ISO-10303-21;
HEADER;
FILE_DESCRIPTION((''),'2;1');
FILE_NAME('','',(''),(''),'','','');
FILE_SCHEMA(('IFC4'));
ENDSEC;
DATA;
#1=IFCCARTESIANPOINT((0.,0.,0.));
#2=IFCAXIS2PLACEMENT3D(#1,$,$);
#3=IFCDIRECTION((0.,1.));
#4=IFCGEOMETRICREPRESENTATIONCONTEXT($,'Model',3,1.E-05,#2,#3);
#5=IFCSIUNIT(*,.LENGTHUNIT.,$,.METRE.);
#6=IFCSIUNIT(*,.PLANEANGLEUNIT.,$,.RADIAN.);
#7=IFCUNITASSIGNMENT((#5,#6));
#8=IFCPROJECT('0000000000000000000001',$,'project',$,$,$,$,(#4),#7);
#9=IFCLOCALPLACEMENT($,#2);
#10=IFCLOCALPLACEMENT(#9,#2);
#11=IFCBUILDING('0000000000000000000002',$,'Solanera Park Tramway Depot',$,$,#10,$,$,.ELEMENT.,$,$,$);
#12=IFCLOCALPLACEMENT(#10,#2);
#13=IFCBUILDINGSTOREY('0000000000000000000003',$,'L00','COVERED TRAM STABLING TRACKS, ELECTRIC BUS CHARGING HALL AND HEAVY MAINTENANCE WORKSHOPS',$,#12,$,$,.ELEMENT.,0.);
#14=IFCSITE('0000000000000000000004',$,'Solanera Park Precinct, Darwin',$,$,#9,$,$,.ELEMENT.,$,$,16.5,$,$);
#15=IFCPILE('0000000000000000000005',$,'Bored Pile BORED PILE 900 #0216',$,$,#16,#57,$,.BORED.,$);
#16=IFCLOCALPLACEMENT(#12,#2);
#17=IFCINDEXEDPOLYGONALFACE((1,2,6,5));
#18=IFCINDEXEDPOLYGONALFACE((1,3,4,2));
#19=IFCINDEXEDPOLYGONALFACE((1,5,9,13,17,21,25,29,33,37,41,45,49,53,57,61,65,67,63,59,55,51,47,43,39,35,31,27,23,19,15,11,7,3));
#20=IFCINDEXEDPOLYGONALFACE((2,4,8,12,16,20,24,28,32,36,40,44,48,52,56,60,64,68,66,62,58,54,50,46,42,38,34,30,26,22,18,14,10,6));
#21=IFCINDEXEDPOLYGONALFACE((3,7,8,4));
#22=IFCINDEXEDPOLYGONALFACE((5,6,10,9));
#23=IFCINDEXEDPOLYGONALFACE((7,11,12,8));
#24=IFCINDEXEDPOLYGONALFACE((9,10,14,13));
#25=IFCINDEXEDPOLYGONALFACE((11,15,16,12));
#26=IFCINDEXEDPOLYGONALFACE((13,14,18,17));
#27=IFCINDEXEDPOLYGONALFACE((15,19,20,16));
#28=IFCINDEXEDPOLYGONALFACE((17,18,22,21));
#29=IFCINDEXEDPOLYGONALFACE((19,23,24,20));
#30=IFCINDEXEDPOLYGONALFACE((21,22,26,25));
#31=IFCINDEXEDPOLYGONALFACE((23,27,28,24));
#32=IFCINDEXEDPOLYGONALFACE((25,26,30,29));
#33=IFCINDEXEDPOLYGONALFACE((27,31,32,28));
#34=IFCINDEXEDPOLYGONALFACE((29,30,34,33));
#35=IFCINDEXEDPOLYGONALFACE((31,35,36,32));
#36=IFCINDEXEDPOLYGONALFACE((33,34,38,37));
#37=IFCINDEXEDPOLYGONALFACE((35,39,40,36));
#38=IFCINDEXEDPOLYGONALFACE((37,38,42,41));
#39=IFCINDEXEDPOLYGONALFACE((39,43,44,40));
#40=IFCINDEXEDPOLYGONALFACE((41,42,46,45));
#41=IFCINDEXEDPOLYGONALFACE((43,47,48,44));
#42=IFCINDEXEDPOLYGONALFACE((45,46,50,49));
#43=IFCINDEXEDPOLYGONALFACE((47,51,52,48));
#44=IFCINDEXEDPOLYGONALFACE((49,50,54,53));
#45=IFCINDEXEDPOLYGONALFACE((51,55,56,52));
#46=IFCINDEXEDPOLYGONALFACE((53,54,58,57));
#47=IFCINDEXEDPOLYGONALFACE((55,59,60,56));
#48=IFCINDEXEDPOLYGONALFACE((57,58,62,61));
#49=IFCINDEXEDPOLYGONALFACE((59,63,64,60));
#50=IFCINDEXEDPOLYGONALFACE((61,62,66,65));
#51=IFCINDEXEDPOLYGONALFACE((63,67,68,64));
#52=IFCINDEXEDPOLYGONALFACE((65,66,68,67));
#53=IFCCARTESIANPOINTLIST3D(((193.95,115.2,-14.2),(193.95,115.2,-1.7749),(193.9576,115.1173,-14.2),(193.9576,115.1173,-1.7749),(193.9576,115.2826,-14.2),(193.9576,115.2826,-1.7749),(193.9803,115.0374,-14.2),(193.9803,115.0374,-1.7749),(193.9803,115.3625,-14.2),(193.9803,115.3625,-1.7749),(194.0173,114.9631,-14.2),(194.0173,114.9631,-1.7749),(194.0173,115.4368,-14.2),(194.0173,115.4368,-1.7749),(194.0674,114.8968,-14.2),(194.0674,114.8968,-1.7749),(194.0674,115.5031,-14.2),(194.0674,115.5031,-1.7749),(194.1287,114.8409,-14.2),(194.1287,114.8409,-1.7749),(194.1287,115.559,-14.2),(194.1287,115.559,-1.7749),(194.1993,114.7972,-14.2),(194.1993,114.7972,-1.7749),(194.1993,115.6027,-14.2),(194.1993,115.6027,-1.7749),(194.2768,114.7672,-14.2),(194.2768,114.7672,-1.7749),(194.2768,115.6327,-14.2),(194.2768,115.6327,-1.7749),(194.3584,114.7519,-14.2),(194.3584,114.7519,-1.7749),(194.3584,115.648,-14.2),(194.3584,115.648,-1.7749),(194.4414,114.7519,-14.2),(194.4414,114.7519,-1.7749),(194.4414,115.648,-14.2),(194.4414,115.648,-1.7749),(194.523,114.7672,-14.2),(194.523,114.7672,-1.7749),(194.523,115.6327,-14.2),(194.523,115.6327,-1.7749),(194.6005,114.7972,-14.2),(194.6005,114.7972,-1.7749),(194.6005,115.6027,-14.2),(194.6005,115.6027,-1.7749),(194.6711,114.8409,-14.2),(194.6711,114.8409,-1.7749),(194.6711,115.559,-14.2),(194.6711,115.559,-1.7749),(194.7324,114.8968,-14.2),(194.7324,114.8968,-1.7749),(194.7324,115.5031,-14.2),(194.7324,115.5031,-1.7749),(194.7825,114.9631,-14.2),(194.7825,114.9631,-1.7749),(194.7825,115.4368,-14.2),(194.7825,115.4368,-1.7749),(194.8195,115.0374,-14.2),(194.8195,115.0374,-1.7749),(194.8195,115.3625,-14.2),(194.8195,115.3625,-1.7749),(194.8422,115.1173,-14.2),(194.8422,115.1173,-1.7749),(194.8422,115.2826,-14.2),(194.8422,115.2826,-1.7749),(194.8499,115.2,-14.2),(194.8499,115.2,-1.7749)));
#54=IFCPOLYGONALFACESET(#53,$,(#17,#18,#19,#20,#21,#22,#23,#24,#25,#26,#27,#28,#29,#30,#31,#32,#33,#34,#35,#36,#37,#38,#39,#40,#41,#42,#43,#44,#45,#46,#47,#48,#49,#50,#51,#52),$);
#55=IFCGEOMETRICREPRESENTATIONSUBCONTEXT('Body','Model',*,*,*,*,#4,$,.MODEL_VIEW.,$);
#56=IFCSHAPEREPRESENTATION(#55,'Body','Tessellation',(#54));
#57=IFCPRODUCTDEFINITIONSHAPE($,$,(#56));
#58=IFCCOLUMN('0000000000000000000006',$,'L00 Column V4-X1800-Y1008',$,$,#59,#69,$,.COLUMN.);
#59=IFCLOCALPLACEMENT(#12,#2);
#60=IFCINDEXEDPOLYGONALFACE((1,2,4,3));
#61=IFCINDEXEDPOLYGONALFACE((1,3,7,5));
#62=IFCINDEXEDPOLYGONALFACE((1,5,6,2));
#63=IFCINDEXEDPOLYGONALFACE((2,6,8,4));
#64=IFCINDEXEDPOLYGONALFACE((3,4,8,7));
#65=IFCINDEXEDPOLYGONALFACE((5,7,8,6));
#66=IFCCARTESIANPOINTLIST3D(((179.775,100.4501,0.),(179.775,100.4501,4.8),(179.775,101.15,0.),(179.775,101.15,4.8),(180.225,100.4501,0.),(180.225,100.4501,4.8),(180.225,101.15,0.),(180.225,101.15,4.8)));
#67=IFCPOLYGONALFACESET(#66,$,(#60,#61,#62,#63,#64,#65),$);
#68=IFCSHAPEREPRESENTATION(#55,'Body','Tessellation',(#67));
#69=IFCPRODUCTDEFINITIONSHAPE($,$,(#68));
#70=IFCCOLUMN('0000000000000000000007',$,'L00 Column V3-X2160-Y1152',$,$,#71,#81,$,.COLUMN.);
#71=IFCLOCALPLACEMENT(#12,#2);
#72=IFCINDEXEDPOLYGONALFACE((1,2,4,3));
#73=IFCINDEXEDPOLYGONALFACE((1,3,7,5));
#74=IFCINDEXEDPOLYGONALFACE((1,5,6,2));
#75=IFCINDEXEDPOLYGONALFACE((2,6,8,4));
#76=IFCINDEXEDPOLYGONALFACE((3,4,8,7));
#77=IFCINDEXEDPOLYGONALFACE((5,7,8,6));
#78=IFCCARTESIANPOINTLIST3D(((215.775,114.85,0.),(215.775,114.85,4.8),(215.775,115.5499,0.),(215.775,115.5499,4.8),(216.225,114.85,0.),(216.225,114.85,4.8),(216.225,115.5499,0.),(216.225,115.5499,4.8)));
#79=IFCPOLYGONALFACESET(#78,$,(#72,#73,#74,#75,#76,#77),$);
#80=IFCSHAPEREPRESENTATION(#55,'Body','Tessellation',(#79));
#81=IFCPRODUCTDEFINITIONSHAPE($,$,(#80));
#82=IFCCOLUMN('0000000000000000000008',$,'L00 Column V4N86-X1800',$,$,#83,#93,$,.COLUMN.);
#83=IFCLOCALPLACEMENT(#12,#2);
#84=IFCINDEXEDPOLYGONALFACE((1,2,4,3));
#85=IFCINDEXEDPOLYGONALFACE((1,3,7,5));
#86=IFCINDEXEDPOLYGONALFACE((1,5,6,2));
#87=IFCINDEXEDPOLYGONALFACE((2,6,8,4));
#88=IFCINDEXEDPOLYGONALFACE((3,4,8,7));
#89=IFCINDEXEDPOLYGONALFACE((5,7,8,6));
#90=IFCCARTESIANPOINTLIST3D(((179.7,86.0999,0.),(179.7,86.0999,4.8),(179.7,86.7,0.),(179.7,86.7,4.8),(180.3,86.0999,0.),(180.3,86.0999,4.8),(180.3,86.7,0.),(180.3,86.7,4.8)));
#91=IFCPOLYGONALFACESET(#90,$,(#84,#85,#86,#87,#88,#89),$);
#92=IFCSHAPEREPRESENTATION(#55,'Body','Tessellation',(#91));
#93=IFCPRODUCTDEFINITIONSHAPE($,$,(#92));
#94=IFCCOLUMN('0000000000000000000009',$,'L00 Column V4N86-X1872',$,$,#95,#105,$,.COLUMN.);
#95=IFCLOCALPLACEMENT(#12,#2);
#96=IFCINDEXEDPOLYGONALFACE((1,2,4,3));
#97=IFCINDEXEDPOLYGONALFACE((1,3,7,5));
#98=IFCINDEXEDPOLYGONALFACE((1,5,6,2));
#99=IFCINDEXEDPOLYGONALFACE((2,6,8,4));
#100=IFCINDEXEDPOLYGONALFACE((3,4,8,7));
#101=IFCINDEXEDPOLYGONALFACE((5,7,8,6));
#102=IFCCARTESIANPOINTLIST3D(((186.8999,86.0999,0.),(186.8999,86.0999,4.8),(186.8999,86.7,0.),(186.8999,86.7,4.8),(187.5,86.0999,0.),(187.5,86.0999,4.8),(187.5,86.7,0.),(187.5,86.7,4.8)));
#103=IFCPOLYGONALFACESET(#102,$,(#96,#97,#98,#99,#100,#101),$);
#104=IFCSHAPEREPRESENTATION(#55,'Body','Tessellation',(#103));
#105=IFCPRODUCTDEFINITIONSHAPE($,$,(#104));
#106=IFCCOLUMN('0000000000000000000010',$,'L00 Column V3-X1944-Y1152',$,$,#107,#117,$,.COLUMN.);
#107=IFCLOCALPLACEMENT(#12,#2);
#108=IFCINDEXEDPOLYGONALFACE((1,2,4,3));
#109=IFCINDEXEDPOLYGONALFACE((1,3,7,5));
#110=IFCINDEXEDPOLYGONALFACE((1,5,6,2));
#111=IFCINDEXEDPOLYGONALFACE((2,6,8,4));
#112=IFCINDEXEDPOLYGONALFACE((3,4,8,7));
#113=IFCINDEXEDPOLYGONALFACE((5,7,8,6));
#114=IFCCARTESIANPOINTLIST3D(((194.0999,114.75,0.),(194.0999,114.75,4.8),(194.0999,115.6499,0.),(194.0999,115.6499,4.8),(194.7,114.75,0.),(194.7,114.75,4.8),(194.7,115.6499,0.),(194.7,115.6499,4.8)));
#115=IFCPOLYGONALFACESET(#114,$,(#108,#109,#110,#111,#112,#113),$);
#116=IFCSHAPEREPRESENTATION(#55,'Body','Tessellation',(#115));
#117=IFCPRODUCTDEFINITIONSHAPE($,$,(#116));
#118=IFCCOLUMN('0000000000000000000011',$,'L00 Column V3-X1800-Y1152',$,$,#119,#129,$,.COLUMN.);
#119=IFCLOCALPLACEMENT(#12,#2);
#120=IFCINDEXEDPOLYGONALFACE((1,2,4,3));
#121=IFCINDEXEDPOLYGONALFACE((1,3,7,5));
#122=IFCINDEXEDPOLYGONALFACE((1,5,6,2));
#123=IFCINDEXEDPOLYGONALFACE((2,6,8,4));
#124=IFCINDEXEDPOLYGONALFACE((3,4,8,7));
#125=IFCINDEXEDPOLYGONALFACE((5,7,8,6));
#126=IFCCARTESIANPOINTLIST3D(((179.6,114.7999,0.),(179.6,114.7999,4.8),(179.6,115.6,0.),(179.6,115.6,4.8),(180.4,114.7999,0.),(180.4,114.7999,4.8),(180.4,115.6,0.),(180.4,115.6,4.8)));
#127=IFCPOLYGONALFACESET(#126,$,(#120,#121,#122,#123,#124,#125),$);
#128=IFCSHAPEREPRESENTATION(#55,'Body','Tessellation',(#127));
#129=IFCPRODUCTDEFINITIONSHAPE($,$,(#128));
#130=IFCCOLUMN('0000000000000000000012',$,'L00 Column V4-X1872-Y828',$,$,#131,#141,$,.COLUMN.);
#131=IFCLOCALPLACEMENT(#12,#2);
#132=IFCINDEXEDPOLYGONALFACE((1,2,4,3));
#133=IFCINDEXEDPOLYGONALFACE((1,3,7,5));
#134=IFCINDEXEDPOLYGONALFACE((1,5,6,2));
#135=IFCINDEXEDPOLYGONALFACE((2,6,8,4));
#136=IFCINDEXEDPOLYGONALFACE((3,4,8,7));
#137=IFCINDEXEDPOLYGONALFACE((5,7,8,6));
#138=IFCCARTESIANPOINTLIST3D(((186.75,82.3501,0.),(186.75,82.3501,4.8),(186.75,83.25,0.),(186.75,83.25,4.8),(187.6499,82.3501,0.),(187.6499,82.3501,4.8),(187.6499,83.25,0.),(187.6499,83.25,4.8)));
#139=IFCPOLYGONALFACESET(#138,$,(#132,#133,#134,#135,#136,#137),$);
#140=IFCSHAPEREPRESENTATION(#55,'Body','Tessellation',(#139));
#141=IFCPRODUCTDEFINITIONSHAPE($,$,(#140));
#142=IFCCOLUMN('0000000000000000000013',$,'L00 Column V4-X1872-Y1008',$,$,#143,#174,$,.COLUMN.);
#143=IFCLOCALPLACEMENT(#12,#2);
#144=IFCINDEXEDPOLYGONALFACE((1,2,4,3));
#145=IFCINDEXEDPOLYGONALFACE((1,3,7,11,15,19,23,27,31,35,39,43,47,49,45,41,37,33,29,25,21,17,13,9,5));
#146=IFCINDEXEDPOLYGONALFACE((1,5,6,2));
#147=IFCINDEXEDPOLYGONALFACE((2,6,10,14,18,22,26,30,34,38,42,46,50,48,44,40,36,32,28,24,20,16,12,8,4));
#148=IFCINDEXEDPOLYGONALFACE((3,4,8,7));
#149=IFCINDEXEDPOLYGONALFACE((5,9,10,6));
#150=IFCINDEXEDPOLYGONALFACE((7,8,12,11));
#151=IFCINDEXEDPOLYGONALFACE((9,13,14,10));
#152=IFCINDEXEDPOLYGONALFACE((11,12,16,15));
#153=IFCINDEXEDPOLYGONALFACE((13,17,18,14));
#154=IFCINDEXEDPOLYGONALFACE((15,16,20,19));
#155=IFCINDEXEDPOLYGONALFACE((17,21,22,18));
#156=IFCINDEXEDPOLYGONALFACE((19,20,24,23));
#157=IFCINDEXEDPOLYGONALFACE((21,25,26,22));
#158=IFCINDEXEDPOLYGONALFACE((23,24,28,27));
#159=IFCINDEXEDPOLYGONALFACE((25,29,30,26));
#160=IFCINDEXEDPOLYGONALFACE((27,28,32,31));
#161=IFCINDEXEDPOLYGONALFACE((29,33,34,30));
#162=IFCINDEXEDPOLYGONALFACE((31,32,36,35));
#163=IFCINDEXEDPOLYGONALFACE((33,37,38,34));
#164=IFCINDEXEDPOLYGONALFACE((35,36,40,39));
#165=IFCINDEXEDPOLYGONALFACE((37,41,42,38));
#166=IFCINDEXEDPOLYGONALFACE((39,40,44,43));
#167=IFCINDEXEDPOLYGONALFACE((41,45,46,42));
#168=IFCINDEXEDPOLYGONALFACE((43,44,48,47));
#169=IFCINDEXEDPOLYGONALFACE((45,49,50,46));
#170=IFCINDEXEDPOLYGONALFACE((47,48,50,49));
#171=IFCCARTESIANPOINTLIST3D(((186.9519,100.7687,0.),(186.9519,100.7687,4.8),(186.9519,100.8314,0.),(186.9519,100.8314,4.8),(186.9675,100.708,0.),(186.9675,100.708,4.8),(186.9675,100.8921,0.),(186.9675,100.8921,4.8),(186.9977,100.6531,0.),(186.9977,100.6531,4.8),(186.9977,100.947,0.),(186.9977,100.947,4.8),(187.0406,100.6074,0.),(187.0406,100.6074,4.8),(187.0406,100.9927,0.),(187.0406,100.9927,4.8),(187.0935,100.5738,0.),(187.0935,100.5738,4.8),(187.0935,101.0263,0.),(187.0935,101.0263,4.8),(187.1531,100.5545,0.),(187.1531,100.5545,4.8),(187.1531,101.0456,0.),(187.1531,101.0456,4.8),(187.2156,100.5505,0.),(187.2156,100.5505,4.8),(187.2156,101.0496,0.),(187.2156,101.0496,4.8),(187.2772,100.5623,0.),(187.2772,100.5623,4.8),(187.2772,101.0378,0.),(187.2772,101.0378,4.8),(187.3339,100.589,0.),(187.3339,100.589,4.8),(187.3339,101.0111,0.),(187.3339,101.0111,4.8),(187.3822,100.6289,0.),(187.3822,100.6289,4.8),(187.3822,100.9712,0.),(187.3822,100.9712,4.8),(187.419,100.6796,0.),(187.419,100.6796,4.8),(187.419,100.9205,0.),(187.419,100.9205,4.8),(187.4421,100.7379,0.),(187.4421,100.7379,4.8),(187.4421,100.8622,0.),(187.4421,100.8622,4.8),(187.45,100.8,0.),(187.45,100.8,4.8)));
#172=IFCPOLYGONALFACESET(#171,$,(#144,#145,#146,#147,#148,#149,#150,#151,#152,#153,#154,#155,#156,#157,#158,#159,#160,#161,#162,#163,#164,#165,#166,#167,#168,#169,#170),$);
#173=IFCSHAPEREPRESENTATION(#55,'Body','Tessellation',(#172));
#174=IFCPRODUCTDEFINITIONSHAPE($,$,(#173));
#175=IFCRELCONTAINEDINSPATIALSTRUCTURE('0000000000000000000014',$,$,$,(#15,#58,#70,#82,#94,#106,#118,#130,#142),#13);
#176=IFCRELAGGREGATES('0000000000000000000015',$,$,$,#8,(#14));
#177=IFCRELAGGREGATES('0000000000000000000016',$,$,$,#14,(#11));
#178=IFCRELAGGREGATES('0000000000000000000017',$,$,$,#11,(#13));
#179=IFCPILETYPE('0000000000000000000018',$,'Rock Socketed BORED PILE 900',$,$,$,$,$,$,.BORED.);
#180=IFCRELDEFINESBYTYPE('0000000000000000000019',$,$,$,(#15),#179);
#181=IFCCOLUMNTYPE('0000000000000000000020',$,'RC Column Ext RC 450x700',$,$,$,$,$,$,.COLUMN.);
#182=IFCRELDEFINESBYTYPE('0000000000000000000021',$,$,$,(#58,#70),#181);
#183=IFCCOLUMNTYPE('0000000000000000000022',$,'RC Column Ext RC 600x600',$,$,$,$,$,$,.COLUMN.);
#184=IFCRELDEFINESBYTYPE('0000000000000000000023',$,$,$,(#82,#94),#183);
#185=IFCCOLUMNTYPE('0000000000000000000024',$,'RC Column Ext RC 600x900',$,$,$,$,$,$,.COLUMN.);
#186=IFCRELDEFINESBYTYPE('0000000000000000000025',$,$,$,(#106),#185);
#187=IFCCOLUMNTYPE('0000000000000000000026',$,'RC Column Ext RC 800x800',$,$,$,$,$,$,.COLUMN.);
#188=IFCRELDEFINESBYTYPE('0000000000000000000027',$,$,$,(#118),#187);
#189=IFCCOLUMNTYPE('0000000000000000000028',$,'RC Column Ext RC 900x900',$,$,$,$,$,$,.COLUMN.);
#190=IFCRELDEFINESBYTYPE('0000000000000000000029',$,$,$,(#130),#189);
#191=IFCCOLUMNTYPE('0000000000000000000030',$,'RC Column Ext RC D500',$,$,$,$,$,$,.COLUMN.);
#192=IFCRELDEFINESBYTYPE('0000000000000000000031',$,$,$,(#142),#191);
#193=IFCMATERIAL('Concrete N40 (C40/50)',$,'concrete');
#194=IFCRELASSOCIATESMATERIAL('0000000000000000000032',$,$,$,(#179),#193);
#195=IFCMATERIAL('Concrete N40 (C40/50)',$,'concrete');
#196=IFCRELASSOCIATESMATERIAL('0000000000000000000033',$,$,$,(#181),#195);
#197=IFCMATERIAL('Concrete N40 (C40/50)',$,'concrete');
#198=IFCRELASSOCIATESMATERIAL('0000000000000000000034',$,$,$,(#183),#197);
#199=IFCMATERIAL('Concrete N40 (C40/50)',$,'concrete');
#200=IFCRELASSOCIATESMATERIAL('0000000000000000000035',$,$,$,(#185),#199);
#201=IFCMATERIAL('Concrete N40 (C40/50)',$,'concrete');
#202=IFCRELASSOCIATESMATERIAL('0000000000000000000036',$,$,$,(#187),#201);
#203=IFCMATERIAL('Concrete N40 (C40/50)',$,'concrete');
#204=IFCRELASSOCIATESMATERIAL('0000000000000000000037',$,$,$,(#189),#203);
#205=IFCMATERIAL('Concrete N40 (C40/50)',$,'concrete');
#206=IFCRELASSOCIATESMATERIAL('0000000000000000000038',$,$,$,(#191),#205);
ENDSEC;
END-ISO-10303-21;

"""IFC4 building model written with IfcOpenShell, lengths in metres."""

from ifc_helpers import new_model, si_unit, direction, frame, origin, origin_2d, place, context, subcontext, project, spatial, rectangle, circle, extrude, material, material_profile, profile_set, type_object, element, save


model = new_model("IFC4")

# Units and contexts
model_context = context("Model", 3, precision=1e-05, world=origin(), true_north=direction((0.0, 1.0)))
body_context = subcontext(model_context, "Body", "Model", "MODEL_VIEW")
ifc_project = project(units=[si_unit("LENGTHUNIT", "METRE"), si_unit("PLANEANGLEUNIT", "RADIAN")], contexts=[model_context])

# Site, building, storey
site_placement = place(None, origin())
site = spatial("IfcSite", under=ifc_project, at=site_placement, Name="Solanera Park Precinct, Darwin", CompositionType="ELEMENT", RefElevation=16.5)
building_placement = place(site_placement, origin())
building = spatial("IfcBuilding", under=site, at=building_placement, Name="Solanera Park Tramway Depot", CompositionType="ELEMENT")
storey_placement = place(building_placement, origin())
storey = spatial("IfcBuildingStorey", under=building, at=storey_placement, Name="L00", Description="COVERED TRAM STABLING TRACKS, ELECTRIC BUS CHARGING HALL AND HEAVY MAINTENANCE WORKSHOPS", CompositionType="ELEMENT", Elevation=0.0)

# Pile
ifc_material_1 = material(Name="Concrete N40 (C40/50)", Category="concrete")
ifc_material_profile_1 = material_profile(ifc_material_1, circle(Radius=0.45, at=origin_2d()), Name="BORED PILE 900")
ifc_profile_set_1 = profile_set([ifc_material_profile_1], Name="Concrete N40 (C40/50)")
pile_type_1 = type_object("IfcPileType", Name="Rock Socketed BORED PILE 900", PredefinedType="BORED", material=ifc_profile_set_1)
pile_1_placement = place(storey_placement, frame((194.3999, 115.2, -1.7749), z_axis=(0.0, 0.0, -1.0), x_axis=(1.0, 0.0, 0.0)))
element("IfcPile", 1, at=pile_1_placement, inside=storey, type_object=pile_type_1, Name="Bored Pile BORED PILE 900 #0216", PredefinedType="BORED", context=body_context, shape_type="SweptSolid", body=[
    extrude(circle(Radius=0.45, at=origin_2d()), origin(), (0.0, 0.0, 1.0), 12.425),
])

# Columns
ifc_material_2 = material(Name="Concrete N40 (C40/50)", Category="concrete")
ifc_material_profile_2 = material_profile(ifc_material_2, rectangle(XDim=0.45, YDim=0.7, at=origin_2d()), Name="RC 450x700")
ifc_profile_set_2 = profile_set([ifc_material_profile_2], Name="Concrete N40 (C40/50)")
column_type_1 = type_object("IfcColumnType", Name="RC Column Ext RC 450x700", PredefinedType="COLUMN", material=ifc_profile_set_2)
for number, where, z_axis, x_axis, name in (
    (2, (180.0, 100.8, 0.0), (0.0, 0.0, 1.0), (1.0, 0.0, 0.0), "L00 Column V4-X1800-Y1008"),
    (3, (216.0, 115.2, 0.0), (0.0, 0.0, 1.0), (1.0, 0.0, 0.0), "L00 Column V3-X2160-Y1152"),
):
    element("IfcColumn", number, at=place(storey_placement, frame(where, z_axis=z_axis, x_axis=x_axis)), inside=storey, type_object=column_type_1, Name=name, PredefinedType="COLUMN", context=body_context, shape_type="SweptSolid", body=[
        extrude(rectangle(XDim=0.45, YDim=0.7, at=origin_2d()), origin(), (0.0, 0.0, 1.0), 4.8),
    ])
ifc_material_3 = material(Name="Concrete N40 (C40/50)", Category="concrete")
ifc_material_profile_3 = material_profile(ifc_material_3, rectangle(XDim=0.6001, YDim=0.6001, at=origin_2d()), Name="RC 600x600")
ifc_profile_set_3 = profile_set([ifc_material_profile_3], Name="Concrete N40 (C40/50)")
column_type_2 = type_object("IfcColumnType", Name="RC Column Ext RC 600x600", PredefinedType="COLUMN", material=ifc_profile_set_3)
for number, where, z_axis, x_axis, name in (
    (4, (180.0, 86.3999, 0.0), (0.0, 0.0, 1.0), (1.0, 0.0, 0.0), "L00 Column V4N86-X1800"),
    (5, (187.2, 86.3999, 0.0), (0.0, 0.0, 1.0), (1.0, 0.0, 0.0), "L00 Column V4N86-X1872"),
):
    element("IfcColumn", number, at=place(storey_placement, frame(where, z_axis=z_axis, x_axis=x_axis)), inside=storey, type_object=column_type_2, Name=name, PredefinedType="COLUMN", context=body_context, shape_type="SweptSolid", body=[
        extrude(rectangle(XDim=0.6001, YDim=0.6001, at=origin_2d()), origin(), (0.0, 0.0, 1.0), 4.8),
    ])
ifc_material_4 = material(Name="Concrete N40 (C40/50)", Category="concrete")
ifc_material_profile_4 = material_profile(ifc_material_4, rectangle(XDim=0.6001, YDim=0.8999, at=origin_2d()), Name="RC 600x900")
ifc_profile_set_4 = profile_set([ifc_material_profile_4], Name="Concrete N40 (C40/50)")
column_type_3 = type_object("IfcColumnType", Name="RC Column Ext RC 600x900", PredefinedType="COLUMN", material=ifc_profile_set_4)
column_1_placement = place(storey_placement, frame((194.3999, 115.2, 0.0), z_axis=(0.0, 0.0, 1.0), x_axis=(1.0, 0.0, 0.0)))
element("IfcColumn", 6, at=column_1_placement, inside=storey, type_object=column_type_3, Name="L00 Column V3-X1944-Y1152", PredefinedType="COLUMN", context=body_context, shape_type="SweptSolid", body=[
    extrude(rectangle(XDim=0.6001, YDim=0.8999, at=origin_2d()), origin(), (0.0, 0.0, 1.0), 4.8),
])
ifc_material_5 = material(Name="Concrete N40 (C40/50)", Category="concrete")
ifc_material_profile_5 = material_profile(ifc_material_5, rectangle(XDim=0.8, YDim=0.8, at=origin_2d()), Name="RC 800x800")
ifc_profile_set_5 = profile_set([ifc_material_profile_5], Name="Concrete N40 (C40/50)")
column_type_4 = type_object("IfcColumnType", Name="RC Column Ext RC 800x800", PredefinedType="COLUMN", material=ifc_profile_set_5)
column_2_placement = place(storey_placement, frame((180.0, 115.2, 0.0), z_axis=(0.0, 0.0, 1.0), x_axis=(1.0, 0.0, 0.0)))
element("IfcColumn", 7, at=column_2_placement, inside=storey, type_object=column_type_4, Name="L00 Column V3-X1800-Y1152", PredefinedType="COLUMN", context=body_context, shape_type="SweptSolid", body=[
    extrude(rectangle(XDim=0.8, YDim=0.8, at=origin_2d()), origin(), (0.0, 0.0, 1.0), 4.8),
])
ifc_material_6 = material(Name="Concrete N40 (C40/50)", Category="concrete")
ifc_material_profile_6 = material_profile(ifc_material_6, rectangle(XDim=0.8999, YDim=0.8999, at=origin_2d()), Name="RC 900x900")
ifc_profile_set_6 = profile_set([ifc_material_profile_6], Name="Concrete N40 (C40/50)")
column_type_5 = type_object("IfcColumnType", Name="RC Column Ext RC 900x900", PredefinedType="COLUMN", material=ifc_profile_set_6)
column_3_placement = place(storey_placement, frame((187.2, 82.8, 0.0), z_axis=(0.0, 0.0, 1.0), x_axis=(1.0, 0.0, 0.0)))
element("IfcColumn", 8, at=column_3_placement, inside=storey, type_object=column_type_5, Name="L00 Column V4-X1872-Y828", PredefinedType="COLUMN", context=body_context, shape_type="SweptSolid", body=[
    extrude(rectangle(XDim=0.8999, YDim=0.8999, at=origin_2d()), origin(), (0.0, 0.0, 1.0), 4.8),
])
ifc_material_7 = material(Name="Concrete N40 (C40/50)", Category="concrete")
ifc_material_profile_7 = material_profile(ifc_material_7, circle(Radius=0.25, at=origin_2d()), Name="RC D500")
ifc_profile_set_7 = profile_set([ifc_material_profile_7], Name="Concrete N40 (C40/50)")
column_type_6 = type_object("IfcColumnType", Name="RC Column Ext RC D500", PredefinedType="COLUMN", material=ifc_profile_set_7)
column_4_placement = place(storey_placement, frame((187.2, 100.8, 0.0), z_axis=(0.0, 0.0, 1.0), x_axis=(1.0, 0.0, 0.0)))
element("IfcColumn", 9, at=column_4_placement, inside=storey, type_object=column_type_6, Name="L00 Column V4-X1872-Y1008", PredefinedType="COLUMN", context=body_context, shape_type="SweptSolid", body=[
    extrude(circle(Radius=0.25, at=origin_2d()), origin(), (0.0, 0.0, 1.0), 4.8),
])

save(model, "model.ifc")
